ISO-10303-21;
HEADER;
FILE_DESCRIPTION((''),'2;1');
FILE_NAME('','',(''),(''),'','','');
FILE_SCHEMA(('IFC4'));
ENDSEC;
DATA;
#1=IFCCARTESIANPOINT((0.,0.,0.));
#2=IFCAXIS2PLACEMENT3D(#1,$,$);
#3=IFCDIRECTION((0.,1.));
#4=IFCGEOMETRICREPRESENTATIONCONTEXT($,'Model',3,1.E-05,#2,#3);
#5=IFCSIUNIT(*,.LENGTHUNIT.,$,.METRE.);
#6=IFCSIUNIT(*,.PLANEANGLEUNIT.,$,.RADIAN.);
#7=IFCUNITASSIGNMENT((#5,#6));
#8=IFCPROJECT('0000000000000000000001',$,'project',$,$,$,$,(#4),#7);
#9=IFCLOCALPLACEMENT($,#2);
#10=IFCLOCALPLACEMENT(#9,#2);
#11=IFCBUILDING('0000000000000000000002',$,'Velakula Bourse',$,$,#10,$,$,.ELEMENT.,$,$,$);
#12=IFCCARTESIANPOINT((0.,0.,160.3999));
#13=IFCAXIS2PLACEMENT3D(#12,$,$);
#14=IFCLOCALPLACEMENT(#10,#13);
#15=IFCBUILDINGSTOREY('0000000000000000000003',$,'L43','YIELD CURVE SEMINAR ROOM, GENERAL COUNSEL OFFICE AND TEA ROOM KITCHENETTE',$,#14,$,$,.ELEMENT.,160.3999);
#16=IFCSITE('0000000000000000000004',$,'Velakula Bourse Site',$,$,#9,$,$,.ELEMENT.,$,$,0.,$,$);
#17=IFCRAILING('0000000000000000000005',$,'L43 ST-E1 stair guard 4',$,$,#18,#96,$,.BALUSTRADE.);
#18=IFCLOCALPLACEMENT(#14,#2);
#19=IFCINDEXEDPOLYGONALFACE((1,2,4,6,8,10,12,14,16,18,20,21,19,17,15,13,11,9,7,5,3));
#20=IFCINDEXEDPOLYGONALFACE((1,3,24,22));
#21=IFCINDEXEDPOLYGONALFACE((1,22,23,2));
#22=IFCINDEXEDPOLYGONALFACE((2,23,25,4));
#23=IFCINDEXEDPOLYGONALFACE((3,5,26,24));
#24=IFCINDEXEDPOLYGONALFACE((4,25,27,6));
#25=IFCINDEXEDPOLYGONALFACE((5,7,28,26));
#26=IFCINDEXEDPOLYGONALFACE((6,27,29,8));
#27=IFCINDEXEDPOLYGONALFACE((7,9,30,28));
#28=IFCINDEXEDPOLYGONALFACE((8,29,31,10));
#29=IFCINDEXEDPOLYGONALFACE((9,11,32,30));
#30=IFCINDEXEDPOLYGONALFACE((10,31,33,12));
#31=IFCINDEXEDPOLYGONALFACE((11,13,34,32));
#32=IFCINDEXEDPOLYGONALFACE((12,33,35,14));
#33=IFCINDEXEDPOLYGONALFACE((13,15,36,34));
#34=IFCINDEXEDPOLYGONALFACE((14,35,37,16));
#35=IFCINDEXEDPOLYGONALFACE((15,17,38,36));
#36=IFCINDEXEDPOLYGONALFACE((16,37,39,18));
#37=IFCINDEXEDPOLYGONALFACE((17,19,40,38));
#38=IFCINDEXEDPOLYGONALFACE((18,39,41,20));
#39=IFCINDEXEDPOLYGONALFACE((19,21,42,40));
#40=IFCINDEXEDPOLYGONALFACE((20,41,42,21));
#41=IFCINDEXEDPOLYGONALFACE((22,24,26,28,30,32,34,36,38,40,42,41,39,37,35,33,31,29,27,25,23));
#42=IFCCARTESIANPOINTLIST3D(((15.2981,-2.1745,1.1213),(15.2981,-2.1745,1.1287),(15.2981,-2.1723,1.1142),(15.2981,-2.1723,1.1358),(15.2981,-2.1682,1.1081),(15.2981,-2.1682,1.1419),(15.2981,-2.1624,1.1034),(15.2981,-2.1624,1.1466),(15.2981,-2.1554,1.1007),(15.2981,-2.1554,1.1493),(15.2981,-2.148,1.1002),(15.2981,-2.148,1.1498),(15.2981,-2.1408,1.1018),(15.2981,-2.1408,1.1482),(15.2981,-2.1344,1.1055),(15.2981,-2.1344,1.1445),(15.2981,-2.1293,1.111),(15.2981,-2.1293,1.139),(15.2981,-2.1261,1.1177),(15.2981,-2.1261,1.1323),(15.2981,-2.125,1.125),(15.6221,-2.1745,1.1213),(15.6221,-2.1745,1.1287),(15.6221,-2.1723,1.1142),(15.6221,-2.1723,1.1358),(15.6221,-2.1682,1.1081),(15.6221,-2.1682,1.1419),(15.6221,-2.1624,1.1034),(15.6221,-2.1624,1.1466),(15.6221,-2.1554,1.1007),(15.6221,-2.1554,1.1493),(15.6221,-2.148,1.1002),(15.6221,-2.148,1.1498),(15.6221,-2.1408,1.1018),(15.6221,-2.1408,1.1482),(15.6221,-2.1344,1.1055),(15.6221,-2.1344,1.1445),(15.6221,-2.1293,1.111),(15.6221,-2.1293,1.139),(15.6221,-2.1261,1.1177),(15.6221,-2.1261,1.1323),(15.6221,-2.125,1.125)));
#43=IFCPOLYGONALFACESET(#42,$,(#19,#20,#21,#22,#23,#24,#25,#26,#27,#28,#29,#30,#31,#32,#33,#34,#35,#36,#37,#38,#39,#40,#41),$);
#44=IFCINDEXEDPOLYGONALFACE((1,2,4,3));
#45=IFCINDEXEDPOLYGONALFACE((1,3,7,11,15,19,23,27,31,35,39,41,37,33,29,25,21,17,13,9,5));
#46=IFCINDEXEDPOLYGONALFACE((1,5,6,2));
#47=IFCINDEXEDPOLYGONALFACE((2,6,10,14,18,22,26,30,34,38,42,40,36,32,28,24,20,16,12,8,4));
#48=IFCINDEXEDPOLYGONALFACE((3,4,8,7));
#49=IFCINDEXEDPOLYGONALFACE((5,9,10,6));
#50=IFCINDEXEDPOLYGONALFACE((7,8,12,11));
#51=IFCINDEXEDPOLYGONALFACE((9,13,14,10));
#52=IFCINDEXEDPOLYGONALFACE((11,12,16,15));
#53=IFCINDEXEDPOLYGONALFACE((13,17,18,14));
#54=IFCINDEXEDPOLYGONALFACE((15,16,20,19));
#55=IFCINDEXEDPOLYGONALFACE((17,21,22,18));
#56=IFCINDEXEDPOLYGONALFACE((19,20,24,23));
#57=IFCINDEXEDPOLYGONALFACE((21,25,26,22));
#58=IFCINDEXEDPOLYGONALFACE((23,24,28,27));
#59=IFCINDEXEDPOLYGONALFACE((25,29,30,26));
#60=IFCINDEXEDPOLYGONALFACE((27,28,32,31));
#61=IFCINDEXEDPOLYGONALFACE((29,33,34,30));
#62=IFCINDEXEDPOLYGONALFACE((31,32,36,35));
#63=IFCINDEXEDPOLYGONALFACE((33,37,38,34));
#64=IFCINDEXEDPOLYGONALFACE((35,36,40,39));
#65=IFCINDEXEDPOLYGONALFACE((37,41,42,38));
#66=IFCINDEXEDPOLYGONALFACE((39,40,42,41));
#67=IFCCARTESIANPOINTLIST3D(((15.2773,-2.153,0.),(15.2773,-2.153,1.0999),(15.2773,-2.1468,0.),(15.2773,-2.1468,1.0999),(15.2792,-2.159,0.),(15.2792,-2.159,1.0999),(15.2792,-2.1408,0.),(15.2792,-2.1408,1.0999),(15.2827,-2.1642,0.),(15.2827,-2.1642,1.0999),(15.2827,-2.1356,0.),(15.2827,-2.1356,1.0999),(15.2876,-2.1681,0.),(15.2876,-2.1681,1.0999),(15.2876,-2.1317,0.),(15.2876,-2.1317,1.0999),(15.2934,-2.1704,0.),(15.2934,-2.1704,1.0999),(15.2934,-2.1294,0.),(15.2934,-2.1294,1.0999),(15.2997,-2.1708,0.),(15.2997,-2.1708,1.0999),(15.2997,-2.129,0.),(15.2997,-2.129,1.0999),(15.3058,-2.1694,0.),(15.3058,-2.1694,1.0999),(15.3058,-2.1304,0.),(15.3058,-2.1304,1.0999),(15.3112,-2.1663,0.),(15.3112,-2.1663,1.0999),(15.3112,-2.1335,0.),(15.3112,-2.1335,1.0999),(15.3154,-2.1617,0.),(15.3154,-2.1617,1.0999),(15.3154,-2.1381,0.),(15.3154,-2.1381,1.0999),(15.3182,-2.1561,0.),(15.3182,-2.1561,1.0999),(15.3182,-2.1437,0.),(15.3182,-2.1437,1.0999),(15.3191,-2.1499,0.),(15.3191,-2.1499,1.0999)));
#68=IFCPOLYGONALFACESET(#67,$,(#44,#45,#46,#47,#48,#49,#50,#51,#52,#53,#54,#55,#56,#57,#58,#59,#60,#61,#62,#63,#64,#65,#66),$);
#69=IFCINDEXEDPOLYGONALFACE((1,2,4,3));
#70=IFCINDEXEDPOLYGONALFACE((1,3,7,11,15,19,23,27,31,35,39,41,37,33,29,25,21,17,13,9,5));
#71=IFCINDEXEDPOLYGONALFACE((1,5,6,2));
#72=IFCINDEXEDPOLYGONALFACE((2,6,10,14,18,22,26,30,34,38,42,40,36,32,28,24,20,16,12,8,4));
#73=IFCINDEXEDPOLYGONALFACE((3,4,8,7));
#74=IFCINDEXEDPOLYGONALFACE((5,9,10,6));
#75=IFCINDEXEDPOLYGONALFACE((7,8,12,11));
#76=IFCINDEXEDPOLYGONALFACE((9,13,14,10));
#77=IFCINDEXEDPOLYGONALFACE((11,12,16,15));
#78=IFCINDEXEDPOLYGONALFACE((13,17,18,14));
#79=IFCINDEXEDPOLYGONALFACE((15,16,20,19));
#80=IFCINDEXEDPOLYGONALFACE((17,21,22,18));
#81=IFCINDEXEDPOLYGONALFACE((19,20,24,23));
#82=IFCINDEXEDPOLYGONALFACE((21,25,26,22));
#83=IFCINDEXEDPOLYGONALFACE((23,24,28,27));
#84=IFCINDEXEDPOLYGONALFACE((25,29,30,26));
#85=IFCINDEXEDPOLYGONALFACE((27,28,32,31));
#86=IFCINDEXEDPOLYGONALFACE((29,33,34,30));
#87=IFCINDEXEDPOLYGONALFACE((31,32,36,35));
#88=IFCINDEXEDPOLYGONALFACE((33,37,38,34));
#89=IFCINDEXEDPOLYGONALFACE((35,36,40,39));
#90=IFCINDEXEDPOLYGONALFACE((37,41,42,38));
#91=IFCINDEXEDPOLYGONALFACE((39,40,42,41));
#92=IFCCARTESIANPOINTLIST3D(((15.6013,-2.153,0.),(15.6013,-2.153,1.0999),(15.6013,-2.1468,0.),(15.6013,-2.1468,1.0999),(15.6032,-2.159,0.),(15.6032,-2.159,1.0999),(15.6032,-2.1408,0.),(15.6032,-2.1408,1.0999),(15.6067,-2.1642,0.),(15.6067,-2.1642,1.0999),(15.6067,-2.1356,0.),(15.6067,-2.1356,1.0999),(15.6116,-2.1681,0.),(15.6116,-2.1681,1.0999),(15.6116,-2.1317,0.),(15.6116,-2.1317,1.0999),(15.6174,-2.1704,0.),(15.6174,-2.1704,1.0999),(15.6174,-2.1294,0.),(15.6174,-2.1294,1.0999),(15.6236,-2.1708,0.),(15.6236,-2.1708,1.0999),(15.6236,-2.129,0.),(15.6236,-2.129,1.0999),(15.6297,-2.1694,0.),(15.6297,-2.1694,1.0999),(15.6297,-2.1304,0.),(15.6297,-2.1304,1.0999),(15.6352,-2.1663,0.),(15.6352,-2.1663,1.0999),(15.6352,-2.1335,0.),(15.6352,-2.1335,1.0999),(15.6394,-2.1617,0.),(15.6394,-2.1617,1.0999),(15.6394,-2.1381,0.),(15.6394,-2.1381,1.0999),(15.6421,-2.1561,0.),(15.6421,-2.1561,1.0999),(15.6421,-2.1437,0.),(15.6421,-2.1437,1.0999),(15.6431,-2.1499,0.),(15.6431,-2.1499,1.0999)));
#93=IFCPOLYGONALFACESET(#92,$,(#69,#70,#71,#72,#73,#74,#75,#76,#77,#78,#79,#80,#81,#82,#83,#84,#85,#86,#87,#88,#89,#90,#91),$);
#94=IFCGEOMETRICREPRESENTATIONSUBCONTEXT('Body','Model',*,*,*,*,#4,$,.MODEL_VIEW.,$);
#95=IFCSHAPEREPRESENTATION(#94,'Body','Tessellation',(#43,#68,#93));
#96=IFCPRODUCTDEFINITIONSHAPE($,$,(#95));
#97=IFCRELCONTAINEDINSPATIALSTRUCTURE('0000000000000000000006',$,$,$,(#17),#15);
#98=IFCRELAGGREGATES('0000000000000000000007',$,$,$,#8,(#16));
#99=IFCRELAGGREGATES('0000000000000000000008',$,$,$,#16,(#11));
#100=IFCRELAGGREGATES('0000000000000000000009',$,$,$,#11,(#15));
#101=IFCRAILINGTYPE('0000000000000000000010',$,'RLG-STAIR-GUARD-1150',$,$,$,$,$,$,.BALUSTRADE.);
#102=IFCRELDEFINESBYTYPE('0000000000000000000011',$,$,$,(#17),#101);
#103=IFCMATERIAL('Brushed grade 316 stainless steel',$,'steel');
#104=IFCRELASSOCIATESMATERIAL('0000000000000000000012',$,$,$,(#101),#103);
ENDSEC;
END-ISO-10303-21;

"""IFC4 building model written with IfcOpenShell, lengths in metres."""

from ifc_helpers import new_model, si_unit, direction, frame, origin, origin_2d, place, context, subcontext, project, spatial, circle, extrude, material, type_object, element, save


model = new_model("IFC4")

# Units and contexts
model_context = context("Model", 3, precision=1e-05, world=origin(), true_north=direction((0.0, 1.0)))
body_context = subcontext(model_context, "Body", "Model", "MODEL_VIEW")
ifc_project = project(units=[si_unit("LENGTHUNIT", "METRE"), si_unit("PLANEANGLEUNIT", "RADIAN")], contexts=[model_context])

# Site, building, storey
site_placement = place(None, origin())
site = spatial("IfcSite", under=ifc_project, at=site_placement, Name="Velakula Bourse Site", CompositionType="ELEMENT", RefElevation=0.0)
building_placement = place(site_placement, origin())
building = spatial("IfcBuilding", under=site, at=building_placement, Name="Velakula Bourse", CompositionType="ELEMENT")
storey_placement = place(building_placement, frame((0.0, 0.0, 160.3999)))
storey = spatial("IfcBuildingStorey", under=building, at=storey_placement, Name="L43", Description="YIELD CURVE SEMINAR ROOM, GENERAL COUNSEL OFFICE AND TEA ROOM KITCHENETTE", CompositionType="ELEMENT", Elevation=160.3999)

# Shared definitions
ifc_material_1 = material(Name="Brushed grade 316 stainless steel", Category="steel")

# Railing
railing_type_1 = type_object("IfcRailingType", Name="RLG-STAIR-GUARD-1150", PredefinedType="BALUSTRADE", material=ifc_material_1)
railing_1_placement = place(storey_placement, frame((15.2981, -2.1499, 0.0)))
element("IfcRailing", 1, at=railing_1_placement, inside=storey, type_object=railing_type_1, Name="L43 ST-E1 stair guard 4", PredefinedType="BALUSTRADE", context=body_context, shape_type="SweptSolid", body=[
    extrude(circle(Radius=0.0249, at=origin_2d()), frame((0.0, 0.0, 1.125), z_axis=(1.0, 0.0, 0.0), x_axis=(0.0, 1.0, 0.0)), (0.0, 0.0, 1.0), 0.324),
    extrude(circle(Radius=0.021, at=origin_2d()), origin(), (0.0, 0.0, 1.0), 1.0999),
    extrude(circle(Radius=0.021, at=origin_2d()), frame((0.324, 0.0, 0.0)), (0.0, 0.0, 1.0), 1.0999),
])

save(model, "model.ifc")
